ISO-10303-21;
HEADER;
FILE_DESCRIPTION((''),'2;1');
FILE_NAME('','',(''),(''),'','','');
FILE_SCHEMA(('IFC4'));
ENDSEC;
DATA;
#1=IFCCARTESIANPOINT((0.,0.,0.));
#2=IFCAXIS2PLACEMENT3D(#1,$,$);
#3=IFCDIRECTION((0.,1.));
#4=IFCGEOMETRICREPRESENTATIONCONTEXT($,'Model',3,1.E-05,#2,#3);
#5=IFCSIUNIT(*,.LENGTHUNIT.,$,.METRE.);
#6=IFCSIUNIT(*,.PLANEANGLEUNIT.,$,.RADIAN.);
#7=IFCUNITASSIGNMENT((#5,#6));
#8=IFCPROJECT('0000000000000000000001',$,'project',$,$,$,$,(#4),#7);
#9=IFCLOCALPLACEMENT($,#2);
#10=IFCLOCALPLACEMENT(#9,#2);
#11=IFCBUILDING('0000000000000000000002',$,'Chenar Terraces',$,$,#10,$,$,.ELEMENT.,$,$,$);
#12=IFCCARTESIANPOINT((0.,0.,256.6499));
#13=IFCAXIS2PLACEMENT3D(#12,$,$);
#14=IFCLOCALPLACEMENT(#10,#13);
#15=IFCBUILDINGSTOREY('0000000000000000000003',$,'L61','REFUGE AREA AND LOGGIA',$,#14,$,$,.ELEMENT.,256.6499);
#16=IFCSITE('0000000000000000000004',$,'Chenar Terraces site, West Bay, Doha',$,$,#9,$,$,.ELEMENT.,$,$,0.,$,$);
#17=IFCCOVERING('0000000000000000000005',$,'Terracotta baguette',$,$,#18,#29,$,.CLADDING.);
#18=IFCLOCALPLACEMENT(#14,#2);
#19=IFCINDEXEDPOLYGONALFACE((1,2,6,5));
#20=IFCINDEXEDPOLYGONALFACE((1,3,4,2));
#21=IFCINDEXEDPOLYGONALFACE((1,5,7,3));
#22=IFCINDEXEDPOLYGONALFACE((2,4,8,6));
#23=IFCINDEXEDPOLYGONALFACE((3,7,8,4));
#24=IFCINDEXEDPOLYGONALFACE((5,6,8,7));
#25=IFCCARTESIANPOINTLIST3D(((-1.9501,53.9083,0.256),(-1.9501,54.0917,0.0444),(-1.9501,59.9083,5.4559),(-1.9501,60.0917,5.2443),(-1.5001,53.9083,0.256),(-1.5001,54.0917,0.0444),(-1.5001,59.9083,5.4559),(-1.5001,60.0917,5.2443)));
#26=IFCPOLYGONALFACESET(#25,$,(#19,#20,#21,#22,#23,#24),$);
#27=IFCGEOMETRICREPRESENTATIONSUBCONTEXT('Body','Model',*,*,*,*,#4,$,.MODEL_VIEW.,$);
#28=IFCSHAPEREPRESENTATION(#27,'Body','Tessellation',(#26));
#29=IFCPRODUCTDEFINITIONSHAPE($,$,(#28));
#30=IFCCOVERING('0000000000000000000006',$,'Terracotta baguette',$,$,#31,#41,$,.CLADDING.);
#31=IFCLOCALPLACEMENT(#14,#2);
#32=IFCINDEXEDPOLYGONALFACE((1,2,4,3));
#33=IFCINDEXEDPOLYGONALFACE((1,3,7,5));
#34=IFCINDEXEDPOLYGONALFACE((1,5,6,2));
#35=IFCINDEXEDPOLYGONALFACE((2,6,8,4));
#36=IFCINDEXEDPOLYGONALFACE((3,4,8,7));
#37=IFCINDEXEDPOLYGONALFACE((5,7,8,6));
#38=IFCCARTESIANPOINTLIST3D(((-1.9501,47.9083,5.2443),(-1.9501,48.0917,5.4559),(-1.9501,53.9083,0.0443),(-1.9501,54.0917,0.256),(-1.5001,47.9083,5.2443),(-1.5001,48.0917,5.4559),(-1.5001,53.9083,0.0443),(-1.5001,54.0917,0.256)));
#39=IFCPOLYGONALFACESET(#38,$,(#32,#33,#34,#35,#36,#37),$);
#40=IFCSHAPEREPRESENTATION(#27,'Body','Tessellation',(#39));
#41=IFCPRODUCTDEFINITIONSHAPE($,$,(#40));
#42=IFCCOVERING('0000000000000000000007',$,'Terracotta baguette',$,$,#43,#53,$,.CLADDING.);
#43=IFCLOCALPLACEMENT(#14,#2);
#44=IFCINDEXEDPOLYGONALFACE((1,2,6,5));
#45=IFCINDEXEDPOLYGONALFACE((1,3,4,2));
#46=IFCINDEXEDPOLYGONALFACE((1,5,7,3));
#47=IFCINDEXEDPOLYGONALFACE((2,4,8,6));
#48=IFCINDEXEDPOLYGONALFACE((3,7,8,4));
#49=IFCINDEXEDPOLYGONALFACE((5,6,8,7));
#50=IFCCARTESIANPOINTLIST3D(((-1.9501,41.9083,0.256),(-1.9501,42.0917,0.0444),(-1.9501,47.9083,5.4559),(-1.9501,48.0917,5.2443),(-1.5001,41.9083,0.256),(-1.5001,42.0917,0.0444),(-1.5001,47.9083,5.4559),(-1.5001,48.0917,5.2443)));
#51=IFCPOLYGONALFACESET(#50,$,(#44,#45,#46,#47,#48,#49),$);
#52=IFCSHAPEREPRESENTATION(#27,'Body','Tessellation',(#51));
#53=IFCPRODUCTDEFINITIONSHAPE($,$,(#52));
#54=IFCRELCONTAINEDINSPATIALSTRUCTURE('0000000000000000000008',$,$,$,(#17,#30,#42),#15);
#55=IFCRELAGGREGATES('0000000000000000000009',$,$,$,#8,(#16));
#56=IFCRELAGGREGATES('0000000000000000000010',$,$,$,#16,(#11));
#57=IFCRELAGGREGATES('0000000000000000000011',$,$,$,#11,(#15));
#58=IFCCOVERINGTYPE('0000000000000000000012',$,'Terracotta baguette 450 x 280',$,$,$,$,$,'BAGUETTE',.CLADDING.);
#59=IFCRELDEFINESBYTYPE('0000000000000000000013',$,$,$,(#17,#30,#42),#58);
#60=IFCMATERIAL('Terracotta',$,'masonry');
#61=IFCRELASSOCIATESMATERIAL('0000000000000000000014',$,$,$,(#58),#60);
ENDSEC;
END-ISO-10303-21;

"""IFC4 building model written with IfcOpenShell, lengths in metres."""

from ifc_helpers import new_model, si_unit, direction, frame, origin, origin_2d, place, context, subcontext, project, spatial, rectangle, extrude, material, material_profile, profile_set, type_object, element, save


model = new_model("IFC4")

# Units and contexts
model_context = context("Model", 3, precision=1e-05, world=origin(), true_north=direction((0.0, 1.0)))
body_context = subcontext(model_context, "Body", "Model", "MODEL_VIEW")
ifc_project = project(units=[si_unit("LENGTHUNIT", "METRE"), si_unit("PLANEANGLEUNIT", "RADIAN")], contexts=[model_context])

# Site, building, storey
site_placement = place(None, origin())
site = spatial("IfcSite", under=ifc_project, at=site_placement, Name="Chenar Terraces site, West Bay, Doha", CompositionType="ELEMENT", RefElevation=0.0)
building_placement = place(site_placement, origin())
building = spatial("IfcBuilding", under=site, at=building_placement, Name="Chenar Terraces", CompositionType="ELEMENT")
storey_placement = place(building_placement, frame((0.0, 0.0, 256.6499)))
storey = spatial("IfcBuildingStorey", under=building, at=storey_placement, Name="L61", Description="REFUGE AREA AND LOGGIA", CompositionType="ELEMENT", Elevation=256.6499)

# Coverings
ifc_material_1 = material(Name="Terracotta", Category="masonry")
ifc_material_profile_1 = material_profile(ifc_material_1, rectangle(XDim=0.45, YDim=0.28, at=origin_2d()), Name="Terracotta baguette 450 x 280")
ifc_profile_set_1 = profile_set([ifc_material_profile_1], Name="Terracotta")
covering_type = type_object("IfcCoveringType", Name="Terracotta baguette 450 x 280", ElementType="BAGUETTE", PredefinedType="CLADDING", material=ifc_profile_set_1)
for number, where, z_axis, x_axis, name in (
    (1, (-1.7251, 60.0, 5.3501), (0.0, -0.755692, -0.654927), (1.0, 0.0, 0.0), "Terracotta baguette"),
    (2, (-1.7251, 54.0, 0.1501), (0.0, -0.755692, 0.654927), (1.0, 0.0, 0.0), "Terracotta baguette"),
    (3, (-1.7251, 48.0, 5.3501), (0.0, -0.755692, -0.654927), (1.0, 0.0, 0.0), "Terracotta baguette"),
):
    element("IfcCovering", number, at=place(storey_placement, frame(where, z_axis=z_axis, x_axis=x_axis)), inside=storey, type_object=covering_type, Name=name, PredefinedType="CLADDING", context=body_context, shape_type="SweptSolid", body=[
        extrude(rectangle(XDim=0.45, YDim=0.28, at=origin_2d()), origin(), (0.0, 0.0, 1.0), 7.9397),
    ])

save(model, "model.ifc")
